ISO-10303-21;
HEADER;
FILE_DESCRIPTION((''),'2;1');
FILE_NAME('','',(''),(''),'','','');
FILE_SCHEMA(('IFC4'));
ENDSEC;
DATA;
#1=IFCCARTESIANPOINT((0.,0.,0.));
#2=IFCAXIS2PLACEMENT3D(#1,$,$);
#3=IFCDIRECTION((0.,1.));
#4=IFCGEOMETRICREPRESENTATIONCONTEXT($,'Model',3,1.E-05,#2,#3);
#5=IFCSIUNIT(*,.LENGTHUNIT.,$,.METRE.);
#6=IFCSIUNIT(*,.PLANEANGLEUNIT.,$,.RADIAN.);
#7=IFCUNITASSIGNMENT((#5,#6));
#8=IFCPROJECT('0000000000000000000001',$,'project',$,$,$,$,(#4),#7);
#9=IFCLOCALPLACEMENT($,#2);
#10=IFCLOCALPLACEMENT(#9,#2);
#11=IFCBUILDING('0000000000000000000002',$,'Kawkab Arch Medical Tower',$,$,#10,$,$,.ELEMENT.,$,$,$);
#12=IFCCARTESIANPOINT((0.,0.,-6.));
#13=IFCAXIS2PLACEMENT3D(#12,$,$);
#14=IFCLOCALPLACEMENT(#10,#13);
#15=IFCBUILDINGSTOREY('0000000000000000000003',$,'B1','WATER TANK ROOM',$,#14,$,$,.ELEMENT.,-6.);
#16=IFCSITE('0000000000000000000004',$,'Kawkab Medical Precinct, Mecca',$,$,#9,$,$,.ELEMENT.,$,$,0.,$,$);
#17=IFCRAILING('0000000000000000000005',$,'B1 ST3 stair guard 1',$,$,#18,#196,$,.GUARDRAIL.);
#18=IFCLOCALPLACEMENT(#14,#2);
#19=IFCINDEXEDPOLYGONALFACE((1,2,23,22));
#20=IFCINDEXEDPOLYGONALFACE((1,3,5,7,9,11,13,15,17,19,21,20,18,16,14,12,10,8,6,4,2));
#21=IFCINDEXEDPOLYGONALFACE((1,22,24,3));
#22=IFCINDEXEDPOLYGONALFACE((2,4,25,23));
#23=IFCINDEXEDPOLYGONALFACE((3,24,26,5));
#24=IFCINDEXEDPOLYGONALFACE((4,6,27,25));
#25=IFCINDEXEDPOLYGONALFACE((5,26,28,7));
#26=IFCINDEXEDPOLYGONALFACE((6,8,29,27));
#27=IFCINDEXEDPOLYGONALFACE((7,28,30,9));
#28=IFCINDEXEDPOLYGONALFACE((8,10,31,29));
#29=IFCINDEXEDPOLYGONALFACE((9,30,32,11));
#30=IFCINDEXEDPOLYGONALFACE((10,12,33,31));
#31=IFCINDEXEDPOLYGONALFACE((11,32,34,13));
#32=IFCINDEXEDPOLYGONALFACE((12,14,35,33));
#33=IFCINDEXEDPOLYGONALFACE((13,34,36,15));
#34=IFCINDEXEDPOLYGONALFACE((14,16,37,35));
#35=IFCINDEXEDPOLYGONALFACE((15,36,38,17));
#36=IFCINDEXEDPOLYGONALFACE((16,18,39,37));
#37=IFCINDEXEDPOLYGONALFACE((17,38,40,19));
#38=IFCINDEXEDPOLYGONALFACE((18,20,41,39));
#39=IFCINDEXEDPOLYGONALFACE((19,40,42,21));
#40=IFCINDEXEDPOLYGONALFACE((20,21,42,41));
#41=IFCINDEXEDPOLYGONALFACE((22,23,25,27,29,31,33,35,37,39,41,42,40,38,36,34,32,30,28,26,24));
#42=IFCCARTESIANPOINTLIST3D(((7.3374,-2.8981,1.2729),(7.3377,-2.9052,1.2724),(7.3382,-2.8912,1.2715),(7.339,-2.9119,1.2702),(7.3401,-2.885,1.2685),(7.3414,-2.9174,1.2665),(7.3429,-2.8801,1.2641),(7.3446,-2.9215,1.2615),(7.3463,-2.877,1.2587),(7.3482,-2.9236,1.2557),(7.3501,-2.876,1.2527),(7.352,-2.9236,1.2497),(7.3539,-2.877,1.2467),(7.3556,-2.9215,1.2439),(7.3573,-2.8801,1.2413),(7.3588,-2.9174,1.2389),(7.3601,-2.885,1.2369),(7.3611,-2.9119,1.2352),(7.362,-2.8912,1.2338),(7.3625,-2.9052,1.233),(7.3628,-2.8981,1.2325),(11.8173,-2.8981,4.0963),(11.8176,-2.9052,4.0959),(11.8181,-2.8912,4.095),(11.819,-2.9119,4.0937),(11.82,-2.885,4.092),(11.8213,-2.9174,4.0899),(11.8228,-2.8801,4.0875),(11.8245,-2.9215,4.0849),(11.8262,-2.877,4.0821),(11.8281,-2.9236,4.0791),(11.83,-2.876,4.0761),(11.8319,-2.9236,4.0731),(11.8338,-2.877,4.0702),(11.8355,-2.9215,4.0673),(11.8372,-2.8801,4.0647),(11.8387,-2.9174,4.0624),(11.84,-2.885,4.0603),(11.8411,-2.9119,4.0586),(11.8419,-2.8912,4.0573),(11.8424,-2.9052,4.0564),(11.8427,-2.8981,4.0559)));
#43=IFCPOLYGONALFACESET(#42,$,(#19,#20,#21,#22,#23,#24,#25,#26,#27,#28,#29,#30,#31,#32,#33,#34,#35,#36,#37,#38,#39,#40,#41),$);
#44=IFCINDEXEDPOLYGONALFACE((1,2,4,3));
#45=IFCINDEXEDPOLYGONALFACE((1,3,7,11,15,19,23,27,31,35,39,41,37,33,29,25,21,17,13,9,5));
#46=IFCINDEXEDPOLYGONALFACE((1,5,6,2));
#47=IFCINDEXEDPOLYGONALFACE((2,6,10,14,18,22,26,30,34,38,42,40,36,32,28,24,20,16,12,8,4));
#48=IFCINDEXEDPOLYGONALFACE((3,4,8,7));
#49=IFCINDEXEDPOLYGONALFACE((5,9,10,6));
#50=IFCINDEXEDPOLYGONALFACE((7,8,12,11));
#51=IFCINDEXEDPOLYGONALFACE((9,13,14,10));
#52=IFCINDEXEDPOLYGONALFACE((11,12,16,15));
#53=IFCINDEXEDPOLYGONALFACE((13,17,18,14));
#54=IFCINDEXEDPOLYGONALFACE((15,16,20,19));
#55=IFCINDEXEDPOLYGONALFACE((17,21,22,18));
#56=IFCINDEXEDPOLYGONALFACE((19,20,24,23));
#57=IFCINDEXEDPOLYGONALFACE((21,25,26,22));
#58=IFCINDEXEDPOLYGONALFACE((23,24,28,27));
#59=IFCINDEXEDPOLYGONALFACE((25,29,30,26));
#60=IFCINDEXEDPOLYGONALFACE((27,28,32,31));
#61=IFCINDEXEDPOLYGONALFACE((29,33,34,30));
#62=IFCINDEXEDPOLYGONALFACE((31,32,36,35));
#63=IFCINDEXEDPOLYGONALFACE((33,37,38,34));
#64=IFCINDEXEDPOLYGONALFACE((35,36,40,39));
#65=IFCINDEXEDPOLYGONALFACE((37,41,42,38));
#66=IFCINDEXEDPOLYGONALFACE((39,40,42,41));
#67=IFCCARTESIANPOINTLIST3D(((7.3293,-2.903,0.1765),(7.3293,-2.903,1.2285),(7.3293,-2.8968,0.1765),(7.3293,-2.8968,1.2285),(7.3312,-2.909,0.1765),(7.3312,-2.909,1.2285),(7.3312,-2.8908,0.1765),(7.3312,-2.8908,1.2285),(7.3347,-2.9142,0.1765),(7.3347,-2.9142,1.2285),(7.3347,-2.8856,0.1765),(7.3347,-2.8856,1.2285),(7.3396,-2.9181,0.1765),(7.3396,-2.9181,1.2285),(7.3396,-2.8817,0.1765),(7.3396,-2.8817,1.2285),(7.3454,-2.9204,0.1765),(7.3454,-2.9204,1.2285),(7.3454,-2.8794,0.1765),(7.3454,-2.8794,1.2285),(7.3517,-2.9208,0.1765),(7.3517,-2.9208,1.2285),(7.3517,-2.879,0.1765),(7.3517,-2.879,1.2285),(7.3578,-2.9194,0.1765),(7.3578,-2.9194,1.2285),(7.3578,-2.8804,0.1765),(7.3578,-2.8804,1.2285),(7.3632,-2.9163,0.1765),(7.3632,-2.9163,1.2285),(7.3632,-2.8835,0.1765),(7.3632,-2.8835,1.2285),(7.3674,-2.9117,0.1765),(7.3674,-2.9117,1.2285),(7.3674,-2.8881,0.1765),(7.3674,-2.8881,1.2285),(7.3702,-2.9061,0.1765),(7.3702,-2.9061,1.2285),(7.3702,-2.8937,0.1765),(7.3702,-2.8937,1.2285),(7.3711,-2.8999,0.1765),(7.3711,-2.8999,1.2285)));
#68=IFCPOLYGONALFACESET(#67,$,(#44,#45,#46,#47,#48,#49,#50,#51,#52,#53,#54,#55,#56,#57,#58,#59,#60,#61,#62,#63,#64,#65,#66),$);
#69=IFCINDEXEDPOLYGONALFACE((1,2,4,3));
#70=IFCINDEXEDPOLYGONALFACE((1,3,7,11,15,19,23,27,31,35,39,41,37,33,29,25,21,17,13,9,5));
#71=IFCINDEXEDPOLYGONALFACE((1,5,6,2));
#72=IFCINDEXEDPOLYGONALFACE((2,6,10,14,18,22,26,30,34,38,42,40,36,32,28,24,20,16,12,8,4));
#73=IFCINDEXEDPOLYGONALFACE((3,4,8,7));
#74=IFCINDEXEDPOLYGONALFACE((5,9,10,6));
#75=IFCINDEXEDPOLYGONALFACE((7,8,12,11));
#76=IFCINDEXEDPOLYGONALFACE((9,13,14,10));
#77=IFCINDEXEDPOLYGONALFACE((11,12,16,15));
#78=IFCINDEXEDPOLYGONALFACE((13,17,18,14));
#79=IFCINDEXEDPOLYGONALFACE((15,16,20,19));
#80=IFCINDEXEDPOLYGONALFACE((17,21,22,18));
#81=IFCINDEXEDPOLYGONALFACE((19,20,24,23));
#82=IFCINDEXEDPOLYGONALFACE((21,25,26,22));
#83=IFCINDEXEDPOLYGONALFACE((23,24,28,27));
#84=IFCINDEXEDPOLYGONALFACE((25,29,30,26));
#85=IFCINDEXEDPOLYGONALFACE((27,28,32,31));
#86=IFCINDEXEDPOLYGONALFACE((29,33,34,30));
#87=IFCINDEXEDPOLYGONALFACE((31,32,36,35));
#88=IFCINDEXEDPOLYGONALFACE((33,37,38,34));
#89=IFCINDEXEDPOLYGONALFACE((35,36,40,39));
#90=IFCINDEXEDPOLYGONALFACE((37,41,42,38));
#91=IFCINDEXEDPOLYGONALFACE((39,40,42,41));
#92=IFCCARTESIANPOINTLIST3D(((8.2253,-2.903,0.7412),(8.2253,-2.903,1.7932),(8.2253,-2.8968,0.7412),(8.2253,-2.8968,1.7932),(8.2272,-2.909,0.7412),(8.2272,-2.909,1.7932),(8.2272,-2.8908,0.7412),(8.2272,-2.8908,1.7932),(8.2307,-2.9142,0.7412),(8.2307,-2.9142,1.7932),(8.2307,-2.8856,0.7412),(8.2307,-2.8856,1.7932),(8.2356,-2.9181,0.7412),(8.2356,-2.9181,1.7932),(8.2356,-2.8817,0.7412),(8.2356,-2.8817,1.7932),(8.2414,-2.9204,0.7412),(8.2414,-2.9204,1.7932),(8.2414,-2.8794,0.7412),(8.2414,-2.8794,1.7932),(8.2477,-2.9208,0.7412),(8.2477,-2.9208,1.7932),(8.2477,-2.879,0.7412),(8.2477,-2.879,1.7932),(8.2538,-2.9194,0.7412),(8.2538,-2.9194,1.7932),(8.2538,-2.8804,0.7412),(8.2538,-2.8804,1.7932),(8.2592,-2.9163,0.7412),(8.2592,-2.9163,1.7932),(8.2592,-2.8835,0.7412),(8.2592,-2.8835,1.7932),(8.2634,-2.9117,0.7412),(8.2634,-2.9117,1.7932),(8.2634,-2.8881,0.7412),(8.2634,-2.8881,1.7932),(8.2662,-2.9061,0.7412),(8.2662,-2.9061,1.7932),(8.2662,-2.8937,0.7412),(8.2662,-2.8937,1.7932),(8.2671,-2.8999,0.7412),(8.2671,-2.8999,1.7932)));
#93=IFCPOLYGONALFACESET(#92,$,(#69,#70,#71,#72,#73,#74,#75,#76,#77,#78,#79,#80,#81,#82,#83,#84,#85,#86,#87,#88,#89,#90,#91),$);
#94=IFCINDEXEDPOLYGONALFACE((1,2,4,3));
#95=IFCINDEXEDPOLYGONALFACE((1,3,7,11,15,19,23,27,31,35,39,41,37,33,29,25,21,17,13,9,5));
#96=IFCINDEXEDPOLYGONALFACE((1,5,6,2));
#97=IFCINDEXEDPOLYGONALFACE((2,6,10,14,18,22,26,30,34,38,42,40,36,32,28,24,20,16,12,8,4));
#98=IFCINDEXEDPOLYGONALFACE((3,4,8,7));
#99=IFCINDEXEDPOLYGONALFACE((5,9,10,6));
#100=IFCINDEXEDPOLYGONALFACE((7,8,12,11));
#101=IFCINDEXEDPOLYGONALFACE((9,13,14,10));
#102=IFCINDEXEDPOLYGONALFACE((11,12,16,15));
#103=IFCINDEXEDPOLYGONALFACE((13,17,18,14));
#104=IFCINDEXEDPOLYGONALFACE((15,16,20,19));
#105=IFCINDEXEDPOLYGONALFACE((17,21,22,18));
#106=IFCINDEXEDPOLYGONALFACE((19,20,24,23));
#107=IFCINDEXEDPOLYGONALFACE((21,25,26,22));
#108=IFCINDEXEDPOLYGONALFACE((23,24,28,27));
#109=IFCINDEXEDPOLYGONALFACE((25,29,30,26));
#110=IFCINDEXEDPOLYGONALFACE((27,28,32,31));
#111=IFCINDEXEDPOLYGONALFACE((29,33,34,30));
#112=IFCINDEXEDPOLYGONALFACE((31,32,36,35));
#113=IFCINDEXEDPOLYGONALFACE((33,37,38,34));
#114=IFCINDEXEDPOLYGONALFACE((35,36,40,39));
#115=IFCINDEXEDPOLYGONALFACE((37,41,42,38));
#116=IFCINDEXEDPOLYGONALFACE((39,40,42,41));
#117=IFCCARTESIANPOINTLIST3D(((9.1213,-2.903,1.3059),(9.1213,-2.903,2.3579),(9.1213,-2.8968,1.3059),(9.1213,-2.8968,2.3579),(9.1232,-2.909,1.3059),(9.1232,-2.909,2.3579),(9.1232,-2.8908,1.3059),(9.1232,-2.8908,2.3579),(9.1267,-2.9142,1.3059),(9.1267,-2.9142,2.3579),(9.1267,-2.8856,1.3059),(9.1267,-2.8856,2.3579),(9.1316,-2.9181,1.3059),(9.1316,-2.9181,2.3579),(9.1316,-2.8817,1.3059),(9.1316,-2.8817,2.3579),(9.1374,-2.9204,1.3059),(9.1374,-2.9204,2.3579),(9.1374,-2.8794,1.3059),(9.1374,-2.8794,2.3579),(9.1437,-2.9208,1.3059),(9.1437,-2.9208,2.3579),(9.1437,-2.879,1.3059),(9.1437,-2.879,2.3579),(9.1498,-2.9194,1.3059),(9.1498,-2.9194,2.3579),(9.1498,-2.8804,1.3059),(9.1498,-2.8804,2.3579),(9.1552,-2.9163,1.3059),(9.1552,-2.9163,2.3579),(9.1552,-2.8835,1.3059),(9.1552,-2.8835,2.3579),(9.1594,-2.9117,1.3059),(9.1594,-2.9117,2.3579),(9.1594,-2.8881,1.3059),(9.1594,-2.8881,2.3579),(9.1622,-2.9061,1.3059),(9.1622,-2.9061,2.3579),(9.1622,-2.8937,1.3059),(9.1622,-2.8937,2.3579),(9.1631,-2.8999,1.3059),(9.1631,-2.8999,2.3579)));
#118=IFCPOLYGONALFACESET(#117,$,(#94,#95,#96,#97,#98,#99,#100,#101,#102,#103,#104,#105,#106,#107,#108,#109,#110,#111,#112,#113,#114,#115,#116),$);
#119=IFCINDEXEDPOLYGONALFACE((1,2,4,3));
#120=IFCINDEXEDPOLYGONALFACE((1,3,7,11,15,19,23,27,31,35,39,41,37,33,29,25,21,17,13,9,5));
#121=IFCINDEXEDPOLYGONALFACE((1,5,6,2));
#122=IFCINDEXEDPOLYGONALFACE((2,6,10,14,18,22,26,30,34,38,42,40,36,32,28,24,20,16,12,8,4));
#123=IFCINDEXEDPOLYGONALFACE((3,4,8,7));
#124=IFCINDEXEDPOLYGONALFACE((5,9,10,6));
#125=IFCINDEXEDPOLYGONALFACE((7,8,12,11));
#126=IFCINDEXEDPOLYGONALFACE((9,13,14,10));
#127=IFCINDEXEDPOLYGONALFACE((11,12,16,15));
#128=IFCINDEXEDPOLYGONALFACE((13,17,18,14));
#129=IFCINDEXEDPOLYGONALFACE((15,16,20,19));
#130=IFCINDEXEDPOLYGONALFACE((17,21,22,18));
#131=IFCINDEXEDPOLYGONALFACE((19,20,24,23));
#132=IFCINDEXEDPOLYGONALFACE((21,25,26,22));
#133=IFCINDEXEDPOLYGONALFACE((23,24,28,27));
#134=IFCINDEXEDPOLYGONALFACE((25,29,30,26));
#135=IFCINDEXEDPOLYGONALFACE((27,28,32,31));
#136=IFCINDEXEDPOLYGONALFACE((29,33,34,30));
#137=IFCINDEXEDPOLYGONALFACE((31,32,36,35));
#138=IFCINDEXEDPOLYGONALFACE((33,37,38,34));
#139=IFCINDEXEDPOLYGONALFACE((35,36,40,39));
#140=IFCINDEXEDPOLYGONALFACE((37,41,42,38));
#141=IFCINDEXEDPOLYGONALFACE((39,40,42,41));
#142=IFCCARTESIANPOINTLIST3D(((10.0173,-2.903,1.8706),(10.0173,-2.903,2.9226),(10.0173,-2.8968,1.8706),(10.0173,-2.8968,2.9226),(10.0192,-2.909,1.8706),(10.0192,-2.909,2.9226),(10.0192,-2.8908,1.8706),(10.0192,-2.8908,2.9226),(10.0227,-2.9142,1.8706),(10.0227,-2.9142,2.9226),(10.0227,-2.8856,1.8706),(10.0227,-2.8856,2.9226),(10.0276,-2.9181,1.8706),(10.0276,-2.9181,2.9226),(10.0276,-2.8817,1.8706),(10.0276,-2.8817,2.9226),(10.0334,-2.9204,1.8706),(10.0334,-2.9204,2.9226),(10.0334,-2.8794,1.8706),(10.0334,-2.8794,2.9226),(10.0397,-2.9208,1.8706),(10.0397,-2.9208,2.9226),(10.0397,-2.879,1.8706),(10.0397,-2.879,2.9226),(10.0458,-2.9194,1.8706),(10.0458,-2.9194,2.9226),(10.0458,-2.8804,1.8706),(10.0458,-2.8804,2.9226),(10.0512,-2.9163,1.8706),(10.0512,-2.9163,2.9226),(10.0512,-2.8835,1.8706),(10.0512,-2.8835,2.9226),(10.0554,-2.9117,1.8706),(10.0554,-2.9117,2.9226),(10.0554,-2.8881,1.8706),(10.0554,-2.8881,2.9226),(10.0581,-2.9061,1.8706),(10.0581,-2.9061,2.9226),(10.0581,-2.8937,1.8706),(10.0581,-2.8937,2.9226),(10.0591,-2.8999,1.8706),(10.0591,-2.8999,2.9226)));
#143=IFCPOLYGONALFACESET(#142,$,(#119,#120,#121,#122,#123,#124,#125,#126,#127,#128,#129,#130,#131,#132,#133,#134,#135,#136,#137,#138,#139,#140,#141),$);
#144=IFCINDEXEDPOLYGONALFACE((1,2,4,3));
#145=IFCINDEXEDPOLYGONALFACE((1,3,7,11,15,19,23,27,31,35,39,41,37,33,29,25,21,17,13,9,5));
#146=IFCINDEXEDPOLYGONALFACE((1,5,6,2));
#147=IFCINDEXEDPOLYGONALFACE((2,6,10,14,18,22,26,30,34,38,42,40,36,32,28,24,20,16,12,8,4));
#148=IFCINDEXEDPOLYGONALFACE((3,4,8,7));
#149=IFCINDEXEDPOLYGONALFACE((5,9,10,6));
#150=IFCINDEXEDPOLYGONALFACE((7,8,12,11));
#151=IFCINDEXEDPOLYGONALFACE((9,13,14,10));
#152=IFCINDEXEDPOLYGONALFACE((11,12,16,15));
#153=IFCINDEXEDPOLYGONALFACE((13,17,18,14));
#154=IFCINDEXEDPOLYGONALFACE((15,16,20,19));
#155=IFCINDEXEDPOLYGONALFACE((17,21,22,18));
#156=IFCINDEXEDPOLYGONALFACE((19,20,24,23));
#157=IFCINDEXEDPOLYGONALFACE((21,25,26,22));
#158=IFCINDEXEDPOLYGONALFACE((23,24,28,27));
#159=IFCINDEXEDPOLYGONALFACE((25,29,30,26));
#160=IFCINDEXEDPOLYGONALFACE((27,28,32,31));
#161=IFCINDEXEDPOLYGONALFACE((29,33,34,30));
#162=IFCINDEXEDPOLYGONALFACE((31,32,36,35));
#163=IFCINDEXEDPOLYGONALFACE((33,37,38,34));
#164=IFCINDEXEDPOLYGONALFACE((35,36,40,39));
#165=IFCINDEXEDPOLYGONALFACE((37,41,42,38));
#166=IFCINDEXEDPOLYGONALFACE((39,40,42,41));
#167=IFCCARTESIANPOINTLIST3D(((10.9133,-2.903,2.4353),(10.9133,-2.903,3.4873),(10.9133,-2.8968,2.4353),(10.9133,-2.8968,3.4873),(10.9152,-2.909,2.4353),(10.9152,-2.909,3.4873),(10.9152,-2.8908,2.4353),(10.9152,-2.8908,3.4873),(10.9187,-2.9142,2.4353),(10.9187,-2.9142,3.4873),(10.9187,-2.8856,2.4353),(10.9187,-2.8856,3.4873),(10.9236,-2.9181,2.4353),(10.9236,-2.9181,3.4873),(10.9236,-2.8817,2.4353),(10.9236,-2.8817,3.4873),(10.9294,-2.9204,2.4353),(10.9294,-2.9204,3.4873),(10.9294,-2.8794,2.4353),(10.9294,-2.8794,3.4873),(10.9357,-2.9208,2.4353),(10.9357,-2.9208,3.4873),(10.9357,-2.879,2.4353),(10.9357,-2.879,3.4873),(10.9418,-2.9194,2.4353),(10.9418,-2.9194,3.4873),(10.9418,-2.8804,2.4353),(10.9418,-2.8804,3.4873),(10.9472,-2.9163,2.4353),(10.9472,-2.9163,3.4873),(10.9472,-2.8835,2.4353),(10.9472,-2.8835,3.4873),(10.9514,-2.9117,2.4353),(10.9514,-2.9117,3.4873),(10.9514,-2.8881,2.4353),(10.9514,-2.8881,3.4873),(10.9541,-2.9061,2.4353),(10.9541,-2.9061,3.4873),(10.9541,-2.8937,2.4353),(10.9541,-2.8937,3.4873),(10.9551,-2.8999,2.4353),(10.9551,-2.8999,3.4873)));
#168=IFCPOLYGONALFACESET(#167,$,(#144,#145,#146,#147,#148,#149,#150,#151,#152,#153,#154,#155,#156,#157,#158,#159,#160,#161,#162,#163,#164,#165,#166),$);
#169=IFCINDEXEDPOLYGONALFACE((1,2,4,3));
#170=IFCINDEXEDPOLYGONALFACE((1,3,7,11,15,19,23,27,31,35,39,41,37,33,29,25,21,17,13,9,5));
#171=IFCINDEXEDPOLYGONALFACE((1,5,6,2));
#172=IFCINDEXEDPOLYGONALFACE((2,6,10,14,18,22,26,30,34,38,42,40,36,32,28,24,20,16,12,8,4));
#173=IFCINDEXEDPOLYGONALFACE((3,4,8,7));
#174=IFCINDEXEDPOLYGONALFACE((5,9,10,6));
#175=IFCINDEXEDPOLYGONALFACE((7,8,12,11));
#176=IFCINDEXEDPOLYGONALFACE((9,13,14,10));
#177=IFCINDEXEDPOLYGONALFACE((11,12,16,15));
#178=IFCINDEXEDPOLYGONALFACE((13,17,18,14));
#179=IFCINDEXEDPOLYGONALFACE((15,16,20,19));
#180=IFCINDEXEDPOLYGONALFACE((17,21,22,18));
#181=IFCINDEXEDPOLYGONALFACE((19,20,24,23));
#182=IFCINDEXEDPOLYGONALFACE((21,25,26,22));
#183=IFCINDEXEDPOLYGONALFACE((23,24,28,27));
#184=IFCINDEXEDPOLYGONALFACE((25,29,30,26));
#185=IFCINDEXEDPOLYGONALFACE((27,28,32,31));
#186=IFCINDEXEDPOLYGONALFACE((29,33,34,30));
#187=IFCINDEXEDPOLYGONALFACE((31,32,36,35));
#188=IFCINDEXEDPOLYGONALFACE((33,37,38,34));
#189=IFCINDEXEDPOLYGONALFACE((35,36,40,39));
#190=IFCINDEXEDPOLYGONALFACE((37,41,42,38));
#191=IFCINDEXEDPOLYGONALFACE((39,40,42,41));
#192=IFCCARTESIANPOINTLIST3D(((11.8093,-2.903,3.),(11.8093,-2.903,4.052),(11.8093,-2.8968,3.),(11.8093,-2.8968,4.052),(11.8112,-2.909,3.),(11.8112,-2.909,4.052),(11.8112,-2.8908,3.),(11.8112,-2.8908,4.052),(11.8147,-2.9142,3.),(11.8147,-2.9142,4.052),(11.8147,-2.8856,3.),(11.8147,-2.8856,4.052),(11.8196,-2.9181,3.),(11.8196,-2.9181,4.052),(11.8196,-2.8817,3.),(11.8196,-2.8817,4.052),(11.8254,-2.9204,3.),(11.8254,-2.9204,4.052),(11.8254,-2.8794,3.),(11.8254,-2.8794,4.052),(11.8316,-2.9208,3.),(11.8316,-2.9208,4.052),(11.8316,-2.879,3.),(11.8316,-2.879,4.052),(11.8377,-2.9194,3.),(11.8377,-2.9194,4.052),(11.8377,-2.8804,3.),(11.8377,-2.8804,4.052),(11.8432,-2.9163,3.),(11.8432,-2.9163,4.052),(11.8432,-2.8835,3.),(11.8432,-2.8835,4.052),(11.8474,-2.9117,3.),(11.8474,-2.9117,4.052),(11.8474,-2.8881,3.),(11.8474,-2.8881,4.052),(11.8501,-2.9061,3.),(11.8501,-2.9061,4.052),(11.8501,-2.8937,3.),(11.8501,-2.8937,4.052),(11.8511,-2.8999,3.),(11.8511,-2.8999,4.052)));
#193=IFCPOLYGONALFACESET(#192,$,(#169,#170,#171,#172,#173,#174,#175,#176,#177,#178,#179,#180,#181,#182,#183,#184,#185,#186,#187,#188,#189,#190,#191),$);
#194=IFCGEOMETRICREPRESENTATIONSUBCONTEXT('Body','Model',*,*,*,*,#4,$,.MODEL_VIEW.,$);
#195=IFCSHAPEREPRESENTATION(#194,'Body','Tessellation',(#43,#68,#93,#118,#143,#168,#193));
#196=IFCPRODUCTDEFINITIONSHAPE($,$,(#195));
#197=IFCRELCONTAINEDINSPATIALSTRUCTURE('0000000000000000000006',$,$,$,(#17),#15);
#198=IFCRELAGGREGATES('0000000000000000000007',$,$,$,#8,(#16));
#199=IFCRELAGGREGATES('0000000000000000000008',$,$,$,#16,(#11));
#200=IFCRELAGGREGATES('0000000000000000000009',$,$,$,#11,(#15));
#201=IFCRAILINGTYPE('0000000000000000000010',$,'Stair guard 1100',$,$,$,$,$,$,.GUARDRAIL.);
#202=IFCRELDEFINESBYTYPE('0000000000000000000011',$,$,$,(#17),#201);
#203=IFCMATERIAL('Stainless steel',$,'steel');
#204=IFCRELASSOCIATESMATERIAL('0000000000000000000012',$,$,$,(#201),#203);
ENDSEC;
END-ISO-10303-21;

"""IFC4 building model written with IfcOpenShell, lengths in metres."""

from ifc_helpers import new_model, si_unit, direction, frame, origin, origin_2d, place, context, subcontext, project, spatial, circle, extrude, material, type_object, element, save


model = new_model("IFC4")

# Units and contexts
model_context = context("Model", 3, precision=1e-05, world=origin(), true_north=direction((0.0, 1.0)))
body_context = subcontext(model_context, "Body", "Model", "MODEL_VIEW")
ifc_project = project(units=[si_unit("LENGTHUNIT", "METRE"), si_unit("PLANEANGLEUNIT", "RADIAN")], contexts=[model_context])

# Site, building, storey
site_placement = place(None, origin())
site = spatial("IfcSite", under=ifc_project, at=site_placement, Name="Kawkab Medical Precinct, Mecca", CompositionType="ELEMENT", RefElevation=0.0)
building_placement = place(site_placement, origin())
building = spatial("IfcBuilding", under=site, at=building_placement, Name="Kawkab Arch Medical Tower", CompositionType="ELEMENT")
storey_placement = place(building_placement, frame((0.0, 0.0, -6.0)))
storey = spatial("IfcBuildingStorey", under=building, at=storey_placement, Name="B1", Description="WATER TANK ROOM", CompositionType="ELEMENT", Elevation=-6.0)

# Railing
ifc_material_1 = material(Name="Stainless steel", Category="steel")
railing_type = type_object("IfcRailingType", Name="Stair guard 1100", PredefinedType="GUARDRAIL", material=ifc_material_1)
railing_1_placement = place(storey_placement, frame((7.3501, -2.8999, 0.1765)))
element("IfcRailing", 1, at=railing_1_placement, inside=storey, type_object=railing_type, Name="B1 ST3 stair guard 1", PredefinedType="GUARDRAIL", context=body_context, shape_type="SweptSolid", body=[
    extrude(circle(Radius=0.0239, at=origin_2d()), frame((0.0, 0.0, 1.0762), z_axis=(0.845998, 0.0, 0.533186), x_axis=(0.0, 1.0, 0.0)), (0.0, 0.0, 1.0), 5.2954),
    extrude(circle(Radius=0.021, at=origin_2d()), origin(), (0.0, 0.0, 1.0), 1.052),
    extrude(circle(Radius=0.021, at=origin_2d()), frame((0.896, 0.0, 0.5647)), (0.0, 0.0, 1.0), 1.052),
    extrude(circle(Radius=0.021, at=origin_2d()), frame((1.792, 0.0, 1.1294)), (0.0, 0.0, 1.0), 1.052),
    extrude(circle(Radius=0.021, at=origin_2d()), frame((2.688, 0.0, 1.6941)), (0.0, 0.0, 1.0), 1.052),
    extrude(circle(Radius=0.021, at=origin_2d()), frame((3.584, 0.0, 2.2588)), (0.0, 0.0, 1.0), 1.052),
    extrude(circle(Radius=0.021, at=origin_2d()), frame((4.48, 0.0, 2.8235)), (0.0, 0.0, 1.0), 1.052),
])

save(model, "model.ifc")
